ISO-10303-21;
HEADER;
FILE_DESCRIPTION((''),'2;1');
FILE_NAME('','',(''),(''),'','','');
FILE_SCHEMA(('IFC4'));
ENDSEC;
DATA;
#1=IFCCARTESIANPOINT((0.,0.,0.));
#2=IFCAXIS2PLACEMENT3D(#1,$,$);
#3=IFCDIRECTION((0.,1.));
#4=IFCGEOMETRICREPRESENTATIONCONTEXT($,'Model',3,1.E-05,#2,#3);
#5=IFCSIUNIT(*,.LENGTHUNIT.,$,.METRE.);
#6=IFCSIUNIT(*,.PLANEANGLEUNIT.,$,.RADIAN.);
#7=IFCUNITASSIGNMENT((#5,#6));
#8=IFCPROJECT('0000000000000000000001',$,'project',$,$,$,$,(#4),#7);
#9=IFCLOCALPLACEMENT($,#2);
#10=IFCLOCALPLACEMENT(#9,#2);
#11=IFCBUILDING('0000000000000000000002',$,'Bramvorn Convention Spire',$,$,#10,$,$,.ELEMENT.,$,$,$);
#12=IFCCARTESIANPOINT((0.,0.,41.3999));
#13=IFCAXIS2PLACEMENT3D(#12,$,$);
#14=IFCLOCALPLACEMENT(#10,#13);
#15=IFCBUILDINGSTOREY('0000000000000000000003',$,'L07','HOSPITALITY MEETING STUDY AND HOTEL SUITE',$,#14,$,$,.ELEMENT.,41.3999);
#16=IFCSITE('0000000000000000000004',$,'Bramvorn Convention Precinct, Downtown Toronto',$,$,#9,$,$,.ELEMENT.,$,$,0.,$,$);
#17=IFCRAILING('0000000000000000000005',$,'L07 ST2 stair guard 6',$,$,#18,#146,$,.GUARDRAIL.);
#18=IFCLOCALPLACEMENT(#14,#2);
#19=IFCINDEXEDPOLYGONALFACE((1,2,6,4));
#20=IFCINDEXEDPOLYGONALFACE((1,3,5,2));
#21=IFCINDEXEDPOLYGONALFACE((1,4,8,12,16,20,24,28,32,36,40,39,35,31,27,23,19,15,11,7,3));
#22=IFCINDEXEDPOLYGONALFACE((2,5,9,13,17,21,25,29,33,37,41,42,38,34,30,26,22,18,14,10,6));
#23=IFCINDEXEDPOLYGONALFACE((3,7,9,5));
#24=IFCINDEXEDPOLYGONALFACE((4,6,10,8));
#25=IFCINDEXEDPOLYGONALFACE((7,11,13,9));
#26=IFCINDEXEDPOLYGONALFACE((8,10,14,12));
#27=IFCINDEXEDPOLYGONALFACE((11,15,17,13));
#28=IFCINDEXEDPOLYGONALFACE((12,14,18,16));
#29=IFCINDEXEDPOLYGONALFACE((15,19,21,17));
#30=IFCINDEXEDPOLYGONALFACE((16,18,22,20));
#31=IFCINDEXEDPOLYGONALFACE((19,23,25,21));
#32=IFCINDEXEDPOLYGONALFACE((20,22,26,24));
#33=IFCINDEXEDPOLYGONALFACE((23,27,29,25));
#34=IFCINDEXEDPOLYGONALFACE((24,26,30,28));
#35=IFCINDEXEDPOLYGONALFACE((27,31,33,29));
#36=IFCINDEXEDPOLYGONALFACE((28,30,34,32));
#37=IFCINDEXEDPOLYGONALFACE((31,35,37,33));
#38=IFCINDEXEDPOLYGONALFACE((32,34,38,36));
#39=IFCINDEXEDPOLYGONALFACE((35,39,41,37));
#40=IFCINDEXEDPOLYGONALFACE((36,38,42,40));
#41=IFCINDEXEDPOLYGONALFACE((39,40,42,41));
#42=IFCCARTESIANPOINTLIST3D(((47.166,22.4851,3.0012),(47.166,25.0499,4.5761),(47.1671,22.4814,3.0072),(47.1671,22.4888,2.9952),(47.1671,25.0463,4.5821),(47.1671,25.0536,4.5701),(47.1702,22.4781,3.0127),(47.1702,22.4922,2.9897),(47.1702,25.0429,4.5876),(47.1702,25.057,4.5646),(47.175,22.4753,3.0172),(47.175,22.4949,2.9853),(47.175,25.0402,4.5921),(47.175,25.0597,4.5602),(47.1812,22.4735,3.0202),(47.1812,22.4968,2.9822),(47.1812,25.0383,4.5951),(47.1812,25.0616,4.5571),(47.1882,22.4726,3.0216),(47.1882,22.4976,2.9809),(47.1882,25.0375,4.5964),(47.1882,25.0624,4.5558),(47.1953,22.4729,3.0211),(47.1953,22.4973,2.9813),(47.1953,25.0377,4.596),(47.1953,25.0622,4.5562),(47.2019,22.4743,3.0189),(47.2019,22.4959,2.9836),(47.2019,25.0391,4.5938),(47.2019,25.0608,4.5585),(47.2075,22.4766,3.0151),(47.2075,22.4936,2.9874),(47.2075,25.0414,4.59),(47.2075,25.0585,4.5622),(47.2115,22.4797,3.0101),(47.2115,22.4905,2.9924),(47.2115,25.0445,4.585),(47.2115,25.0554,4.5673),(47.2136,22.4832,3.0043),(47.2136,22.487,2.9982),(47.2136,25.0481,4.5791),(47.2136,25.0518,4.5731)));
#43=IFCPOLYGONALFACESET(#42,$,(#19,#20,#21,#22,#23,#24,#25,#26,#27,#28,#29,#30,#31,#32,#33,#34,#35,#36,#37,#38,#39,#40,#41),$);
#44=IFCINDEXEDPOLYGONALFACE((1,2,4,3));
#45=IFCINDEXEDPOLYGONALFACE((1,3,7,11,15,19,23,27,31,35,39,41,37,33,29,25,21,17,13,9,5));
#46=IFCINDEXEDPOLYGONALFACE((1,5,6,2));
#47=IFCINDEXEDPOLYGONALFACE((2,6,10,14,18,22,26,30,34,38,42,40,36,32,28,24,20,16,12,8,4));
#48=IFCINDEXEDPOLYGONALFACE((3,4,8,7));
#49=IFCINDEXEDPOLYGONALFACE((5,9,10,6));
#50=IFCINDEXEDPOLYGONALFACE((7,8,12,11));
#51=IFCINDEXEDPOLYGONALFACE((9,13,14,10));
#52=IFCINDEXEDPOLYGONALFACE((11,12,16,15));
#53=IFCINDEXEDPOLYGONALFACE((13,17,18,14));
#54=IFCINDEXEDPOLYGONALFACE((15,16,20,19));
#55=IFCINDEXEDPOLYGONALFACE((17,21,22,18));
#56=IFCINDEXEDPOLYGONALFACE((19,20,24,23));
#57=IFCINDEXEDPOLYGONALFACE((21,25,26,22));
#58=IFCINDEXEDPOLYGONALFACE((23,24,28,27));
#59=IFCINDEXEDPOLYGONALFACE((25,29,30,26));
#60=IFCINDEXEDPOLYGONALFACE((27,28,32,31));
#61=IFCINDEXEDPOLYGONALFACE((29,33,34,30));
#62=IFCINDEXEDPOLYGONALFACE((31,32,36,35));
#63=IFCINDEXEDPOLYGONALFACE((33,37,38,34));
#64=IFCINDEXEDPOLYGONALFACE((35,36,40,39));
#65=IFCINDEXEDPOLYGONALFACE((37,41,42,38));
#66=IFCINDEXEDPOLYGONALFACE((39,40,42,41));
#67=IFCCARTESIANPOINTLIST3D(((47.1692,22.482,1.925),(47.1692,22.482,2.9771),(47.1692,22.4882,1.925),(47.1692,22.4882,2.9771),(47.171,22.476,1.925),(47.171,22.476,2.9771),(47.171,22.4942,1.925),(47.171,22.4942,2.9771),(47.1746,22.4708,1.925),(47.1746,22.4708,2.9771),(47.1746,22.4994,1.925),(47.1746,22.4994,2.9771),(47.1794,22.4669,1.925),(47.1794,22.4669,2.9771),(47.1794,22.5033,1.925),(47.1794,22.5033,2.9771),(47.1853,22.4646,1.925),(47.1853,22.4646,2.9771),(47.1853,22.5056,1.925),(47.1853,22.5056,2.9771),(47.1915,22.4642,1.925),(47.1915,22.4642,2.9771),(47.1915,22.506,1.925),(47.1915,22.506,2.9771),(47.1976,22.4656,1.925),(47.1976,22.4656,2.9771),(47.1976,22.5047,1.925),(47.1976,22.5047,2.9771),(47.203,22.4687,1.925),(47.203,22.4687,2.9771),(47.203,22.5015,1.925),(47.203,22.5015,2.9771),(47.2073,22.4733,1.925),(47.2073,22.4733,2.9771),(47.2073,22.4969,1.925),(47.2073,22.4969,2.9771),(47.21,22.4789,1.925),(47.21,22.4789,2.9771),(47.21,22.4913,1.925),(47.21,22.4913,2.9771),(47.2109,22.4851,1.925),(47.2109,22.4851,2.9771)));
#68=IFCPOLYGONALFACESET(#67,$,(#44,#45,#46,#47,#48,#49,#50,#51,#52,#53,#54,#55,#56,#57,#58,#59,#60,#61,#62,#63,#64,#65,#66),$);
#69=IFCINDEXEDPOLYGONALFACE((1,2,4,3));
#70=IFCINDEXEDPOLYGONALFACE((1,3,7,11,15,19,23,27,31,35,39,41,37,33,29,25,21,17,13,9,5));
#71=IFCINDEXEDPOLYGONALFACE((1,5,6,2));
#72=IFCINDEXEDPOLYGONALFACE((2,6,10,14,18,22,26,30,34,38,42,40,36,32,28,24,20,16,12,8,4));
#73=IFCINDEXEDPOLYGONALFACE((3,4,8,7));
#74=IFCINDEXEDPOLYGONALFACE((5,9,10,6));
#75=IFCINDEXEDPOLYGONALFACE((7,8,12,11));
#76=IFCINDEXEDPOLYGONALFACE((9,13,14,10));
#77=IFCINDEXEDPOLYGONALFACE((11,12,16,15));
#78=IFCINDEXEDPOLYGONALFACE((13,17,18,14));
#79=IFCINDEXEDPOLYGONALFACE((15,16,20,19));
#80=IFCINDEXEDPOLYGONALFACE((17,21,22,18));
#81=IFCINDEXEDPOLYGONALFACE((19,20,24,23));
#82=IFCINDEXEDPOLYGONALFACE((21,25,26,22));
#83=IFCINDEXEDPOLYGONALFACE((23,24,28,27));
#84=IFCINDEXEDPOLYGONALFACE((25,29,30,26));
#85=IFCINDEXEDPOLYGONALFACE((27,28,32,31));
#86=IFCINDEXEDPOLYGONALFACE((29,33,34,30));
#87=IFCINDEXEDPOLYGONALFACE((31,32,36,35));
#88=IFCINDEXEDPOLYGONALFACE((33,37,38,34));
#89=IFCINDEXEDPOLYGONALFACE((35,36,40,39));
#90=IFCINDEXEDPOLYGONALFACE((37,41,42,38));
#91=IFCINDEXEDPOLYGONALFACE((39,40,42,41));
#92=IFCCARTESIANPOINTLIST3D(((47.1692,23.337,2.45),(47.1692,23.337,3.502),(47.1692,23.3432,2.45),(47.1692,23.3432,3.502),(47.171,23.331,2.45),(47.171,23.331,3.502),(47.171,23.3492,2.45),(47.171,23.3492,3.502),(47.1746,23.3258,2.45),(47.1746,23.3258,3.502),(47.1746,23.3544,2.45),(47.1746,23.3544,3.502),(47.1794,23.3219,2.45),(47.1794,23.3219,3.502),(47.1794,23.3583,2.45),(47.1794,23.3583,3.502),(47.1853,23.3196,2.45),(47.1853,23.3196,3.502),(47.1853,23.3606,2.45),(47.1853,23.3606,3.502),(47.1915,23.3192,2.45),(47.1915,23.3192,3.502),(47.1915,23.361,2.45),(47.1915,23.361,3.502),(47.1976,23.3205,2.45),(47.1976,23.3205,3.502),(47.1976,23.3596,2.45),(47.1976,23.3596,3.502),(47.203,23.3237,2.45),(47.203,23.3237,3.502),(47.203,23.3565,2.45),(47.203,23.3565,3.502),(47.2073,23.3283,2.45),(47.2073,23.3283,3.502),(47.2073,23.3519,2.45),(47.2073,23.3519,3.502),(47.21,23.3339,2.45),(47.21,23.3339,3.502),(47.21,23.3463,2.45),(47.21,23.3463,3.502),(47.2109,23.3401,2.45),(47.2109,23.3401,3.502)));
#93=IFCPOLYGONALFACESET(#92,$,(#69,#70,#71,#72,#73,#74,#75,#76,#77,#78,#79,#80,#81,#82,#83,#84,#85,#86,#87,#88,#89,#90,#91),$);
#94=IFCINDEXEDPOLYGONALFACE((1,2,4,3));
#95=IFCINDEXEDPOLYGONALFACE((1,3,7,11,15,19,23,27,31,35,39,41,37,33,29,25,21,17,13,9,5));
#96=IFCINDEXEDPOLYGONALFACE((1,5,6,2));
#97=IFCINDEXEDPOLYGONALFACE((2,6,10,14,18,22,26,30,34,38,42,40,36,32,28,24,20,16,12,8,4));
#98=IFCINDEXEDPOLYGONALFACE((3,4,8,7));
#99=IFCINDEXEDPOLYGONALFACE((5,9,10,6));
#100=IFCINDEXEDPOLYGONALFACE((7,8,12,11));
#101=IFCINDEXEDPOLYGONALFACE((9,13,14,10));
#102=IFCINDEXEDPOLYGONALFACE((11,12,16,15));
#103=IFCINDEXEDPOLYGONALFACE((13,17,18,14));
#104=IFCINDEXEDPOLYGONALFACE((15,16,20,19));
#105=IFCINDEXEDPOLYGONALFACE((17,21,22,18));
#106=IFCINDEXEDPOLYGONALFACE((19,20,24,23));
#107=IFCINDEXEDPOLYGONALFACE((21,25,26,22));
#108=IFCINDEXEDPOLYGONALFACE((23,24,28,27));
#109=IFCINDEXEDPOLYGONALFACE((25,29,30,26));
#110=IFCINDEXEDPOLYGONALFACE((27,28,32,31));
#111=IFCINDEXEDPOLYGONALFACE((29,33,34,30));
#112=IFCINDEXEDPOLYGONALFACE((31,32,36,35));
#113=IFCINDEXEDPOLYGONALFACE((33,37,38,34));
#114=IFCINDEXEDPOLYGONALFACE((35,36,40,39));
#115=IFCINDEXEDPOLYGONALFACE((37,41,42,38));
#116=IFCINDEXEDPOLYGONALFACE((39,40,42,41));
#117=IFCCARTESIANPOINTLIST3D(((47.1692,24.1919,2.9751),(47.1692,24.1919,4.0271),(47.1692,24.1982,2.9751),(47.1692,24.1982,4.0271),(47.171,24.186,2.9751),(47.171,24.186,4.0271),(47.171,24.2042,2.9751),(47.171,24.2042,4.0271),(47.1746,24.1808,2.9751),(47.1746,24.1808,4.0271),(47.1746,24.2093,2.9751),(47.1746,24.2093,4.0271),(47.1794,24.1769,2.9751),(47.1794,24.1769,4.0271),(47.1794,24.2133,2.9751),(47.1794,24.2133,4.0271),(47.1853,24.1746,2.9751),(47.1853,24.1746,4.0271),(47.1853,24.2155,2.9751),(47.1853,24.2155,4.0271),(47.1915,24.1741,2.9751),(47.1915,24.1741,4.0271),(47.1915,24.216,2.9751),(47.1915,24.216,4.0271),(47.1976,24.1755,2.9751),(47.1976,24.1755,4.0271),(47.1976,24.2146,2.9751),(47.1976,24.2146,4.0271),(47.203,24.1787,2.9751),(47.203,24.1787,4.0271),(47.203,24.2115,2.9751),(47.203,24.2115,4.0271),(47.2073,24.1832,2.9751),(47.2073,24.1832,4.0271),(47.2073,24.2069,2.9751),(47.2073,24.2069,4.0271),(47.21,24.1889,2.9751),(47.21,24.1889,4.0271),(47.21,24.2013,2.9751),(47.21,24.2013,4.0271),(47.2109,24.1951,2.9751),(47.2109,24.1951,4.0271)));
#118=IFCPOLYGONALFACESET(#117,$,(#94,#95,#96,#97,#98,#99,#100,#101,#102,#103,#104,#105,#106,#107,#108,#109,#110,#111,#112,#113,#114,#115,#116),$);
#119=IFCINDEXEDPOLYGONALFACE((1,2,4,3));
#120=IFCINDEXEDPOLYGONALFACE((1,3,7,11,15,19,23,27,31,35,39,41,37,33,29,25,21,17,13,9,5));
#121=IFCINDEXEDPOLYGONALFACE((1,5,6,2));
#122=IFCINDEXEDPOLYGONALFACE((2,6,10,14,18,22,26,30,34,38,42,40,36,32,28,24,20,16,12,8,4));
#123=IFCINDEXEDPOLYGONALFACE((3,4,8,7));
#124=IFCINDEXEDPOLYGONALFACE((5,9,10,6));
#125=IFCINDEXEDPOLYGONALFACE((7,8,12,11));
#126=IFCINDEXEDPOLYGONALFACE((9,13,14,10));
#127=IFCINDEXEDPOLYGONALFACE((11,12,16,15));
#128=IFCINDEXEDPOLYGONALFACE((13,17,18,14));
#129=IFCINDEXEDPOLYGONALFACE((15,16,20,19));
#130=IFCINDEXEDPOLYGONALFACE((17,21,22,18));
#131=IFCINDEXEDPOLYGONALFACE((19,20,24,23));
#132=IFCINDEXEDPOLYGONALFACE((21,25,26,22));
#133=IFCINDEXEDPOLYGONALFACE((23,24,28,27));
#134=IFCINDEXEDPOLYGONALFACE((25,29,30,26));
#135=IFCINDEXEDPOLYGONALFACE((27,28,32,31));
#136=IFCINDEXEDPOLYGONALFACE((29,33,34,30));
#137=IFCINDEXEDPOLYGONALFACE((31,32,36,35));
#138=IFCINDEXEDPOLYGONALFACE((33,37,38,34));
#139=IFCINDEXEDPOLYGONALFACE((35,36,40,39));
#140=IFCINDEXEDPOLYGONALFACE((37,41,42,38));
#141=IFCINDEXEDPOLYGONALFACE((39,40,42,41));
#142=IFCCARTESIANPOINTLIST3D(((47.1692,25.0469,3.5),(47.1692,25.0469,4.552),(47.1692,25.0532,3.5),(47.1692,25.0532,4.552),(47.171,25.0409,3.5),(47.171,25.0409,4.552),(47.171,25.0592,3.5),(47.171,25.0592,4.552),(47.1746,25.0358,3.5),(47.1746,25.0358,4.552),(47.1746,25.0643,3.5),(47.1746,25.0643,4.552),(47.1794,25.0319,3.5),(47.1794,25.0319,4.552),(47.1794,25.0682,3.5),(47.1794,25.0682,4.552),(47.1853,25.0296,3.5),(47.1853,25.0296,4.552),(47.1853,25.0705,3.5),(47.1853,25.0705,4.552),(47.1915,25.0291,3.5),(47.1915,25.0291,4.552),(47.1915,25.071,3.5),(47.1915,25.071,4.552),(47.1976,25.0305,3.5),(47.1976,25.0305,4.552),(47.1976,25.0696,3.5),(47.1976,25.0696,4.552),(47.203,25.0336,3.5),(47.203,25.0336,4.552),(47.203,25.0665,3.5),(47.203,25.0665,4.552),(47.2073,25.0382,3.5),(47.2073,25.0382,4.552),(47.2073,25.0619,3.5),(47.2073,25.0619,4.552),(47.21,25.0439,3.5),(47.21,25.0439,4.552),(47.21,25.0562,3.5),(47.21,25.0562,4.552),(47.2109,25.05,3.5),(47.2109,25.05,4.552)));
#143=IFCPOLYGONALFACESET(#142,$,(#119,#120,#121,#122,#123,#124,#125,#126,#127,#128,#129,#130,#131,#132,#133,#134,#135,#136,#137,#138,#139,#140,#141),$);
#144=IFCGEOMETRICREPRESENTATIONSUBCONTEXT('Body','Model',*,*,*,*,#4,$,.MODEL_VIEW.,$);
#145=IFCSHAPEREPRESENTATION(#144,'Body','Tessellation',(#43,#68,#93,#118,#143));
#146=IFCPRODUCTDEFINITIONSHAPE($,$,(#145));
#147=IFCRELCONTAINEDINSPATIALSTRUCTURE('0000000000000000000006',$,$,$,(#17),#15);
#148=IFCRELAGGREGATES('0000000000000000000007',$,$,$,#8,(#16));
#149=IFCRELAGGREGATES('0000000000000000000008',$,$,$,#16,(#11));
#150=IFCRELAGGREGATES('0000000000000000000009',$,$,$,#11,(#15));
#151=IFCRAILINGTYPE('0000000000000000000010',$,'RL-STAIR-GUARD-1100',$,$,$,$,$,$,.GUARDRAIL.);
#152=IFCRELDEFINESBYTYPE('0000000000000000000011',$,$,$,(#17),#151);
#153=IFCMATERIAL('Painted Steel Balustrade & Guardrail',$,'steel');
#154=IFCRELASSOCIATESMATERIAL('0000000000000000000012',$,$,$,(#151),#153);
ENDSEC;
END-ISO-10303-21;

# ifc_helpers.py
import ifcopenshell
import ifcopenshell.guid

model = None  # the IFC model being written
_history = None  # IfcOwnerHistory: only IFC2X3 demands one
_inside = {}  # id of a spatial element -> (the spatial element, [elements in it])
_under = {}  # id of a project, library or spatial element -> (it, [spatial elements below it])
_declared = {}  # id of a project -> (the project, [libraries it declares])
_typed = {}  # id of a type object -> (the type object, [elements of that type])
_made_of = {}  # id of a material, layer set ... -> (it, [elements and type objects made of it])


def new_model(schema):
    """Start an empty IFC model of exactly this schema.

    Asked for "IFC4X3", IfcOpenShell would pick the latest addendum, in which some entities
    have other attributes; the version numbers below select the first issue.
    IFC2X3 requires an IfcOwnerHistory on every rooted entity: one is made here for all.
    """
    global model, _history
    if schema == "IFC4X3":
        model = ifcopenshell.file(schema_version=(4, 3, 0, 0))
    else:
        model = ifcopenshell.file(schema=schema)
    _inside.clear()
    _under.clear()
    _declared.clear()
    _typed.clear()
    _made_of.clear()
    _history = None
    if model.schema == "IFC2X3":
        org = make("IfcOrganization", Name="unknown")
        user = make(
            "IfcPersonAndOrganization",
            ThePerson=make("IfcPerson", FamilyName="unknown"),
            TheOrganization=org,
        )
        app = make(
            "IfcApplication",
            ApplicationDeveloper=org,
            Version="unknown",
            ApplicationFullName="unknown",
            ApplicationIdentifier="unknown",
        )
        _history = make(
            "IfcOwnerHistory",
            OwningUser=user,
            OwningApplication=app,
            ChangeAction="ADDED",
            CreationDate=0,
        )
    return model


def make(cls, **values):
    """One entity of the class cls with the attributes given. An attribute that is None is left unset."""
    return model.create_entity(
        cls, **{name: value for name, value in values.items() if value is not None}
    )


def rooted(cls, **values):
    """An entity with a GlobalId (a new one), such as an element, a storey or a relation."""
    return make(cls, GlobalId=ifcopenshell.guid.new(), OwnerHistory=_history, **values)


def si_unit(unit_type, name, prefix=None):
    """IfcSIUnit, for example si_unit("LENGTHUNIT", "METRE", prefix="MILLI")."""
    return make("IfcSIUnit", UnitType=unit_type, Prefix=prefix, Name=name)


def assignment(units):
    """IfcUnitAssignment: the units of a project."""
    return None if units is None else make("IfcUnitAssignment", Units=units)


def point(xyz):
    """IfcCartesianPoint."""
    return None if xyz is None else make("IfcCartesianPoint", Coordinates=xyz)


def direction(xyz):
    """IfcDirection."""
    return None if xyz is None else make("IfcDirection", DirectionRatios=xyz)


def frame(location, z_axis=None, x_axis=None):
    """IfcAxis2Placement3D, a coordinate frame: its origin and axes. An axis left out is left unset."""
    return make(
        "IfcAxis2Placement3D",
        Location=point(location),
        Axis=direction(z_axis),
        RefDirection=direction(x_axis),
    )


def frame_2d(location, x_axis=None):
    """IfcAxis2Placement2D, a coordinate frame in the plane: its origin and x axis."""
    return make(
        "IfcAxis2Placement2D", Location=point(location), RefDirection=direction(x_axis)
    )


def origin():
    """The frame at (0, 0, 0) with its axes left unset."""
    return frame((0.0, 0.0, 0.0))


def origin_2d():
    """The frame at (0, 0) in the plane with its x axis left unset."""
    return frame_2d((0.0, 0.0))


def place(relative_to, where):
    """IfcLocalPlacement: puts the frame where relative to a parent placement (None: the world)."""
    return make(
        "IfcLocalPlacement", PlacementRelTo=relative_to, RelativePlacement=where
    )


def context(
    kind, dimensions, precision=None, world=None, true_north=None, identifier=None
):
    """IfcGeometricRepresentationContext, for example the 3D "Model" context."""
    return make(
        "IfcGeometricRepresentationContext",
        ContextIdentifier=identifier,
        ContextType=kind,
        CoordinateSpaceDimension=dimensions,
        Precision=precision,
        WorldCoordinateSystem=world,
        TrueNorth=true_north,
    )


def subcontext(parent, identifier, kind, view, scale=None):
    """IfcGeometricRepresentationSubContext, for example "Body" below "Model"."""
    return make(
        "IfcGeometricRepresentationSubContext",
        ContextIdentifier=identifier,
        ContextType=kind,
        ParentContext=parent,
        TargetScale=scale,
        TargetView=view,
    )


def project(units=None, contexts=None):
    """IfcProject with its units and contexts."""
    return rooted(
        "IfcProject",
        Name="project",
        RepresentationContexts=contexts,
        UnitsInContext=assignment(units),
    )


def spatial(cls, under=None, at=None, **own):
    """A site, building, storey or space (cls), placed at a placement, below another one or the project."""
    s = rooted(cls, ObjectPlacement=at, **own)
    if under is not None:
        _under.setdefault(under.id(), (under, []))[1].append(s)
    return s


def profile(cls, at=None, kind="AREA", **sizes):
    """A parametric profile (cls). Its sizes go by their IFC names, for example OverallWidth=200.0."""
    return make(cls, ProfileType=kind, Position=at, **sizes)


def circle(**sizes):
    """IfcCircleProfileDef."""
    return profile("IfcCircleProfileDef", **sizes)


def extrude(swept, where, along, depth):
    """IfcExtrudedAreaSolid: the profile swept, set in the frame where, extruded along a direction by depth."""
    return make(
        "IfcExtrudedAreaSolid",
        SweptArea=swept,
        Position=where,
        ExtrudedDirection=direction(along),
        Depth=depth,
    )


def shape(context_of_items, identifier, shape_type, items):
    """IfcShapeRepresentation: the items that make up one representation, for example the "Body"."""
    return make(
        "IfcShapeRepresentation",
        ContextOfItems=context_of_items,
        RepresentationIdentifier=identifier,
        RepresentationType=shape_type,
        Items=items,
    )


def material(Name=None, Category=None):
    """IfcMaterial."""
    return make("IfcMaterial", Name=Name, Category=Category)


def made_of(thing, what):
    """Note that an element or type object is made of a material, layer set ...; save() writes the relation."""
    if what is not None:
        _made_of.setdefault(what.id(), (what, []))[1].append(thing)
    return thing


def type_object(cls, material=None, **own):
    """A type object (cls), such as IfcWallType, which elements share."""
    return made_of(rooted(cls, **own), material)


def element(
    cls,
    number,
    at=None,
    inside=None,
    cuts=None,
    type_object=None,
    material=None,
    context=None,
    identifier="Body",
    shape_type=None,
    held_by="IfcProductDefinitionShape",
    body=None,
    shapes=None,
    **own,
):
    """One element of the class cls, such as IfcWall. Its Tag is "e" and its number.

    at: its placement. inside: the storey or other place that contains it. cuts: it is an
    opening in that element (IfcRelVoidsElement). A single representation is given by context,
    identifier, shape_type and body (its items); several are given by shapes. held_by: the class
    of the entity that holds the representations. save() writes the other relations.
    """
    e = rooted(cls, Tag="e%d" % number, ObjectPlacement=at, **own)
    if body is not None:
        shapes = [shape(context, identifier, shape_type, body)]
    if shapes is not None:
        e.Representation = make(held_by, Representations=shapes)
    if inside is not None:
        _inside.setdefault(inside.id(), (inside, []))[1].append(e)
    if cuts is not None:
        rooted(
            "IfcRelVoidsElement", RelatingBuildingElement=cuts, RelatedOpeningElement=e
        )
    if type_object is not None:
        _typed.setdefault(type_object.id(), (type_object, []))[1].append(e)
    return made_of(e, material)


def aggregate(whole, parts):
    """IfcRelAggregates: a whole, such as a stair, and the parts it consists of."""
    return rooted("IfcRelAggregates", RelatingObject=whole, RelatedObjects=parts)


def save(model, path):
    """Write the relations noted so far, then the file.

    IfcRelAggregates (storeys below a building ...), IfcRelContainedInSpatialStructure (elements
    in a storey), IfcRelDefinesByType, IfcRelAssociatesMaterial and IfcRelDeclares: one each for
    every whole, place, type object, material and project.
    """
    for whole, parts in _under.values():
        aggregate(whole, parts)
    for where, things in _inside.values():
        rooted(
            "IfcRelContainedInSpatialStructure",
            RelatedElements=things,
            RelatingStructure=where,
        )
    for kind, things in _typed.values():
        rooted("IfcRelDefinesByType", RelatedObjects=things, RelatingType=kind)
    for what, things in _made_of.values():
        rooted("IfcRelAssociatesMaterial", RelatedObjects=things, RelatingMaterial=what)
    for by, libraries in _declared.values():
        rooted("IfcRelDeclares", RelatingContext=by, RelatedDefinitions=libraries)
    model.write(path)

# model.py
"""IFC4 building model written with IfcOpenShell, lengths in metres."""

from ifc_helpers import new_model, si_unit, direction, frame, origin, origin_2d, place, context, subcontext, project, spatial, circle, extrude, material, type_object, element, save


model = new_model("IFC4")

# Units and contexts
model_context = context("Model", 3, precision=1e-05, world=origin(), true_north=direction((0.0, 1.0)))
body_context = subcontext(model_context, "Body", "Model", "MODEL_VIEW")
ifc_project = project(units=[si_unit("LENGTHUNIT", "METRE"), si_unit("PLANEANGLEUNIT", "RADIAN")], contexts=[model_context])

# Site, building, storey
site_placement = place(None, origin())
site = spatial("IfcSite", under=ifc_project, at=site_placement, Name="Bramvorn Convention Precinct, Downtown Toronto", CompositionType="ELEMENT", RefElevation=0.0)
building_placement = place(site_placement, origin())
building = spatial("IfcBuilding", under=site, at=building_placement, Name="Bramvorn Convention Spire", CompositionType="ELEMENT")
storey_placement = place(building_placement, frame((0.0, 0.0, 41.3999)))
storey = spatial("IfcBuildingStorey", under=building, at=storey_placement, Name="L07", Description="HOSPITALITY MEETING STUDY AND HOTEL SUITE", CompositionType="ELEMENT", Elevation=41.3999)

# Railing
ifc_material_1 = material(Name="Painted Steel Balustrade & Guardrail", Category="steel")
railing_type_1 = type_object("IfcRailingType", Name="RL-STAIR-GUARD-1100", PredefinedType="GUARDRAIL", material=ifc_material_1)
railing_1_placement = place(storey_placement, frame((47.1899, 22.4851, 1.925)))
element("IfcRailing", 1, at=railing_1_placement, inside=storey, type_object=railing_type_1, Name="L07 ST2 stair guard 6", PredefinedType="GUARDRAIL", context=body_context, shape_type="SweptSolid", body=[
    extrude(circle(Radius=0.0239, at=origin_2d()), frame((0.0, 0.0, 1.0762), z_axis=(0.0, 0.852173, 0.52326), x_axis=(-1.0, 0.0, 0.0)), (0.0, 0.0, 1.0), 3.0098),
    extrude(circle(Radius=0.021, at=origin_2d()), origin(), (0.0, 0.0, 1.0), 1.052),
    extrude(circle(Radius=0.021, at=origin_2d()), frame((0.0, 0.855, 0.5249)), (0.0, 0.0, 1.0), 1.052),
    extrude(circle(Radius=0.021, at=origin_2d()), frame((0.0, 1.71, 1.05)), (0.0, 0.0, 1.0), 1.052),
    extrude(circle(Radius=0.021, at=origin_2d()), frame((0.0, 2.5649, 1.575)), (0.0, 0.0, 1.0), 1.052),
])

save(model, "model.ifc")
